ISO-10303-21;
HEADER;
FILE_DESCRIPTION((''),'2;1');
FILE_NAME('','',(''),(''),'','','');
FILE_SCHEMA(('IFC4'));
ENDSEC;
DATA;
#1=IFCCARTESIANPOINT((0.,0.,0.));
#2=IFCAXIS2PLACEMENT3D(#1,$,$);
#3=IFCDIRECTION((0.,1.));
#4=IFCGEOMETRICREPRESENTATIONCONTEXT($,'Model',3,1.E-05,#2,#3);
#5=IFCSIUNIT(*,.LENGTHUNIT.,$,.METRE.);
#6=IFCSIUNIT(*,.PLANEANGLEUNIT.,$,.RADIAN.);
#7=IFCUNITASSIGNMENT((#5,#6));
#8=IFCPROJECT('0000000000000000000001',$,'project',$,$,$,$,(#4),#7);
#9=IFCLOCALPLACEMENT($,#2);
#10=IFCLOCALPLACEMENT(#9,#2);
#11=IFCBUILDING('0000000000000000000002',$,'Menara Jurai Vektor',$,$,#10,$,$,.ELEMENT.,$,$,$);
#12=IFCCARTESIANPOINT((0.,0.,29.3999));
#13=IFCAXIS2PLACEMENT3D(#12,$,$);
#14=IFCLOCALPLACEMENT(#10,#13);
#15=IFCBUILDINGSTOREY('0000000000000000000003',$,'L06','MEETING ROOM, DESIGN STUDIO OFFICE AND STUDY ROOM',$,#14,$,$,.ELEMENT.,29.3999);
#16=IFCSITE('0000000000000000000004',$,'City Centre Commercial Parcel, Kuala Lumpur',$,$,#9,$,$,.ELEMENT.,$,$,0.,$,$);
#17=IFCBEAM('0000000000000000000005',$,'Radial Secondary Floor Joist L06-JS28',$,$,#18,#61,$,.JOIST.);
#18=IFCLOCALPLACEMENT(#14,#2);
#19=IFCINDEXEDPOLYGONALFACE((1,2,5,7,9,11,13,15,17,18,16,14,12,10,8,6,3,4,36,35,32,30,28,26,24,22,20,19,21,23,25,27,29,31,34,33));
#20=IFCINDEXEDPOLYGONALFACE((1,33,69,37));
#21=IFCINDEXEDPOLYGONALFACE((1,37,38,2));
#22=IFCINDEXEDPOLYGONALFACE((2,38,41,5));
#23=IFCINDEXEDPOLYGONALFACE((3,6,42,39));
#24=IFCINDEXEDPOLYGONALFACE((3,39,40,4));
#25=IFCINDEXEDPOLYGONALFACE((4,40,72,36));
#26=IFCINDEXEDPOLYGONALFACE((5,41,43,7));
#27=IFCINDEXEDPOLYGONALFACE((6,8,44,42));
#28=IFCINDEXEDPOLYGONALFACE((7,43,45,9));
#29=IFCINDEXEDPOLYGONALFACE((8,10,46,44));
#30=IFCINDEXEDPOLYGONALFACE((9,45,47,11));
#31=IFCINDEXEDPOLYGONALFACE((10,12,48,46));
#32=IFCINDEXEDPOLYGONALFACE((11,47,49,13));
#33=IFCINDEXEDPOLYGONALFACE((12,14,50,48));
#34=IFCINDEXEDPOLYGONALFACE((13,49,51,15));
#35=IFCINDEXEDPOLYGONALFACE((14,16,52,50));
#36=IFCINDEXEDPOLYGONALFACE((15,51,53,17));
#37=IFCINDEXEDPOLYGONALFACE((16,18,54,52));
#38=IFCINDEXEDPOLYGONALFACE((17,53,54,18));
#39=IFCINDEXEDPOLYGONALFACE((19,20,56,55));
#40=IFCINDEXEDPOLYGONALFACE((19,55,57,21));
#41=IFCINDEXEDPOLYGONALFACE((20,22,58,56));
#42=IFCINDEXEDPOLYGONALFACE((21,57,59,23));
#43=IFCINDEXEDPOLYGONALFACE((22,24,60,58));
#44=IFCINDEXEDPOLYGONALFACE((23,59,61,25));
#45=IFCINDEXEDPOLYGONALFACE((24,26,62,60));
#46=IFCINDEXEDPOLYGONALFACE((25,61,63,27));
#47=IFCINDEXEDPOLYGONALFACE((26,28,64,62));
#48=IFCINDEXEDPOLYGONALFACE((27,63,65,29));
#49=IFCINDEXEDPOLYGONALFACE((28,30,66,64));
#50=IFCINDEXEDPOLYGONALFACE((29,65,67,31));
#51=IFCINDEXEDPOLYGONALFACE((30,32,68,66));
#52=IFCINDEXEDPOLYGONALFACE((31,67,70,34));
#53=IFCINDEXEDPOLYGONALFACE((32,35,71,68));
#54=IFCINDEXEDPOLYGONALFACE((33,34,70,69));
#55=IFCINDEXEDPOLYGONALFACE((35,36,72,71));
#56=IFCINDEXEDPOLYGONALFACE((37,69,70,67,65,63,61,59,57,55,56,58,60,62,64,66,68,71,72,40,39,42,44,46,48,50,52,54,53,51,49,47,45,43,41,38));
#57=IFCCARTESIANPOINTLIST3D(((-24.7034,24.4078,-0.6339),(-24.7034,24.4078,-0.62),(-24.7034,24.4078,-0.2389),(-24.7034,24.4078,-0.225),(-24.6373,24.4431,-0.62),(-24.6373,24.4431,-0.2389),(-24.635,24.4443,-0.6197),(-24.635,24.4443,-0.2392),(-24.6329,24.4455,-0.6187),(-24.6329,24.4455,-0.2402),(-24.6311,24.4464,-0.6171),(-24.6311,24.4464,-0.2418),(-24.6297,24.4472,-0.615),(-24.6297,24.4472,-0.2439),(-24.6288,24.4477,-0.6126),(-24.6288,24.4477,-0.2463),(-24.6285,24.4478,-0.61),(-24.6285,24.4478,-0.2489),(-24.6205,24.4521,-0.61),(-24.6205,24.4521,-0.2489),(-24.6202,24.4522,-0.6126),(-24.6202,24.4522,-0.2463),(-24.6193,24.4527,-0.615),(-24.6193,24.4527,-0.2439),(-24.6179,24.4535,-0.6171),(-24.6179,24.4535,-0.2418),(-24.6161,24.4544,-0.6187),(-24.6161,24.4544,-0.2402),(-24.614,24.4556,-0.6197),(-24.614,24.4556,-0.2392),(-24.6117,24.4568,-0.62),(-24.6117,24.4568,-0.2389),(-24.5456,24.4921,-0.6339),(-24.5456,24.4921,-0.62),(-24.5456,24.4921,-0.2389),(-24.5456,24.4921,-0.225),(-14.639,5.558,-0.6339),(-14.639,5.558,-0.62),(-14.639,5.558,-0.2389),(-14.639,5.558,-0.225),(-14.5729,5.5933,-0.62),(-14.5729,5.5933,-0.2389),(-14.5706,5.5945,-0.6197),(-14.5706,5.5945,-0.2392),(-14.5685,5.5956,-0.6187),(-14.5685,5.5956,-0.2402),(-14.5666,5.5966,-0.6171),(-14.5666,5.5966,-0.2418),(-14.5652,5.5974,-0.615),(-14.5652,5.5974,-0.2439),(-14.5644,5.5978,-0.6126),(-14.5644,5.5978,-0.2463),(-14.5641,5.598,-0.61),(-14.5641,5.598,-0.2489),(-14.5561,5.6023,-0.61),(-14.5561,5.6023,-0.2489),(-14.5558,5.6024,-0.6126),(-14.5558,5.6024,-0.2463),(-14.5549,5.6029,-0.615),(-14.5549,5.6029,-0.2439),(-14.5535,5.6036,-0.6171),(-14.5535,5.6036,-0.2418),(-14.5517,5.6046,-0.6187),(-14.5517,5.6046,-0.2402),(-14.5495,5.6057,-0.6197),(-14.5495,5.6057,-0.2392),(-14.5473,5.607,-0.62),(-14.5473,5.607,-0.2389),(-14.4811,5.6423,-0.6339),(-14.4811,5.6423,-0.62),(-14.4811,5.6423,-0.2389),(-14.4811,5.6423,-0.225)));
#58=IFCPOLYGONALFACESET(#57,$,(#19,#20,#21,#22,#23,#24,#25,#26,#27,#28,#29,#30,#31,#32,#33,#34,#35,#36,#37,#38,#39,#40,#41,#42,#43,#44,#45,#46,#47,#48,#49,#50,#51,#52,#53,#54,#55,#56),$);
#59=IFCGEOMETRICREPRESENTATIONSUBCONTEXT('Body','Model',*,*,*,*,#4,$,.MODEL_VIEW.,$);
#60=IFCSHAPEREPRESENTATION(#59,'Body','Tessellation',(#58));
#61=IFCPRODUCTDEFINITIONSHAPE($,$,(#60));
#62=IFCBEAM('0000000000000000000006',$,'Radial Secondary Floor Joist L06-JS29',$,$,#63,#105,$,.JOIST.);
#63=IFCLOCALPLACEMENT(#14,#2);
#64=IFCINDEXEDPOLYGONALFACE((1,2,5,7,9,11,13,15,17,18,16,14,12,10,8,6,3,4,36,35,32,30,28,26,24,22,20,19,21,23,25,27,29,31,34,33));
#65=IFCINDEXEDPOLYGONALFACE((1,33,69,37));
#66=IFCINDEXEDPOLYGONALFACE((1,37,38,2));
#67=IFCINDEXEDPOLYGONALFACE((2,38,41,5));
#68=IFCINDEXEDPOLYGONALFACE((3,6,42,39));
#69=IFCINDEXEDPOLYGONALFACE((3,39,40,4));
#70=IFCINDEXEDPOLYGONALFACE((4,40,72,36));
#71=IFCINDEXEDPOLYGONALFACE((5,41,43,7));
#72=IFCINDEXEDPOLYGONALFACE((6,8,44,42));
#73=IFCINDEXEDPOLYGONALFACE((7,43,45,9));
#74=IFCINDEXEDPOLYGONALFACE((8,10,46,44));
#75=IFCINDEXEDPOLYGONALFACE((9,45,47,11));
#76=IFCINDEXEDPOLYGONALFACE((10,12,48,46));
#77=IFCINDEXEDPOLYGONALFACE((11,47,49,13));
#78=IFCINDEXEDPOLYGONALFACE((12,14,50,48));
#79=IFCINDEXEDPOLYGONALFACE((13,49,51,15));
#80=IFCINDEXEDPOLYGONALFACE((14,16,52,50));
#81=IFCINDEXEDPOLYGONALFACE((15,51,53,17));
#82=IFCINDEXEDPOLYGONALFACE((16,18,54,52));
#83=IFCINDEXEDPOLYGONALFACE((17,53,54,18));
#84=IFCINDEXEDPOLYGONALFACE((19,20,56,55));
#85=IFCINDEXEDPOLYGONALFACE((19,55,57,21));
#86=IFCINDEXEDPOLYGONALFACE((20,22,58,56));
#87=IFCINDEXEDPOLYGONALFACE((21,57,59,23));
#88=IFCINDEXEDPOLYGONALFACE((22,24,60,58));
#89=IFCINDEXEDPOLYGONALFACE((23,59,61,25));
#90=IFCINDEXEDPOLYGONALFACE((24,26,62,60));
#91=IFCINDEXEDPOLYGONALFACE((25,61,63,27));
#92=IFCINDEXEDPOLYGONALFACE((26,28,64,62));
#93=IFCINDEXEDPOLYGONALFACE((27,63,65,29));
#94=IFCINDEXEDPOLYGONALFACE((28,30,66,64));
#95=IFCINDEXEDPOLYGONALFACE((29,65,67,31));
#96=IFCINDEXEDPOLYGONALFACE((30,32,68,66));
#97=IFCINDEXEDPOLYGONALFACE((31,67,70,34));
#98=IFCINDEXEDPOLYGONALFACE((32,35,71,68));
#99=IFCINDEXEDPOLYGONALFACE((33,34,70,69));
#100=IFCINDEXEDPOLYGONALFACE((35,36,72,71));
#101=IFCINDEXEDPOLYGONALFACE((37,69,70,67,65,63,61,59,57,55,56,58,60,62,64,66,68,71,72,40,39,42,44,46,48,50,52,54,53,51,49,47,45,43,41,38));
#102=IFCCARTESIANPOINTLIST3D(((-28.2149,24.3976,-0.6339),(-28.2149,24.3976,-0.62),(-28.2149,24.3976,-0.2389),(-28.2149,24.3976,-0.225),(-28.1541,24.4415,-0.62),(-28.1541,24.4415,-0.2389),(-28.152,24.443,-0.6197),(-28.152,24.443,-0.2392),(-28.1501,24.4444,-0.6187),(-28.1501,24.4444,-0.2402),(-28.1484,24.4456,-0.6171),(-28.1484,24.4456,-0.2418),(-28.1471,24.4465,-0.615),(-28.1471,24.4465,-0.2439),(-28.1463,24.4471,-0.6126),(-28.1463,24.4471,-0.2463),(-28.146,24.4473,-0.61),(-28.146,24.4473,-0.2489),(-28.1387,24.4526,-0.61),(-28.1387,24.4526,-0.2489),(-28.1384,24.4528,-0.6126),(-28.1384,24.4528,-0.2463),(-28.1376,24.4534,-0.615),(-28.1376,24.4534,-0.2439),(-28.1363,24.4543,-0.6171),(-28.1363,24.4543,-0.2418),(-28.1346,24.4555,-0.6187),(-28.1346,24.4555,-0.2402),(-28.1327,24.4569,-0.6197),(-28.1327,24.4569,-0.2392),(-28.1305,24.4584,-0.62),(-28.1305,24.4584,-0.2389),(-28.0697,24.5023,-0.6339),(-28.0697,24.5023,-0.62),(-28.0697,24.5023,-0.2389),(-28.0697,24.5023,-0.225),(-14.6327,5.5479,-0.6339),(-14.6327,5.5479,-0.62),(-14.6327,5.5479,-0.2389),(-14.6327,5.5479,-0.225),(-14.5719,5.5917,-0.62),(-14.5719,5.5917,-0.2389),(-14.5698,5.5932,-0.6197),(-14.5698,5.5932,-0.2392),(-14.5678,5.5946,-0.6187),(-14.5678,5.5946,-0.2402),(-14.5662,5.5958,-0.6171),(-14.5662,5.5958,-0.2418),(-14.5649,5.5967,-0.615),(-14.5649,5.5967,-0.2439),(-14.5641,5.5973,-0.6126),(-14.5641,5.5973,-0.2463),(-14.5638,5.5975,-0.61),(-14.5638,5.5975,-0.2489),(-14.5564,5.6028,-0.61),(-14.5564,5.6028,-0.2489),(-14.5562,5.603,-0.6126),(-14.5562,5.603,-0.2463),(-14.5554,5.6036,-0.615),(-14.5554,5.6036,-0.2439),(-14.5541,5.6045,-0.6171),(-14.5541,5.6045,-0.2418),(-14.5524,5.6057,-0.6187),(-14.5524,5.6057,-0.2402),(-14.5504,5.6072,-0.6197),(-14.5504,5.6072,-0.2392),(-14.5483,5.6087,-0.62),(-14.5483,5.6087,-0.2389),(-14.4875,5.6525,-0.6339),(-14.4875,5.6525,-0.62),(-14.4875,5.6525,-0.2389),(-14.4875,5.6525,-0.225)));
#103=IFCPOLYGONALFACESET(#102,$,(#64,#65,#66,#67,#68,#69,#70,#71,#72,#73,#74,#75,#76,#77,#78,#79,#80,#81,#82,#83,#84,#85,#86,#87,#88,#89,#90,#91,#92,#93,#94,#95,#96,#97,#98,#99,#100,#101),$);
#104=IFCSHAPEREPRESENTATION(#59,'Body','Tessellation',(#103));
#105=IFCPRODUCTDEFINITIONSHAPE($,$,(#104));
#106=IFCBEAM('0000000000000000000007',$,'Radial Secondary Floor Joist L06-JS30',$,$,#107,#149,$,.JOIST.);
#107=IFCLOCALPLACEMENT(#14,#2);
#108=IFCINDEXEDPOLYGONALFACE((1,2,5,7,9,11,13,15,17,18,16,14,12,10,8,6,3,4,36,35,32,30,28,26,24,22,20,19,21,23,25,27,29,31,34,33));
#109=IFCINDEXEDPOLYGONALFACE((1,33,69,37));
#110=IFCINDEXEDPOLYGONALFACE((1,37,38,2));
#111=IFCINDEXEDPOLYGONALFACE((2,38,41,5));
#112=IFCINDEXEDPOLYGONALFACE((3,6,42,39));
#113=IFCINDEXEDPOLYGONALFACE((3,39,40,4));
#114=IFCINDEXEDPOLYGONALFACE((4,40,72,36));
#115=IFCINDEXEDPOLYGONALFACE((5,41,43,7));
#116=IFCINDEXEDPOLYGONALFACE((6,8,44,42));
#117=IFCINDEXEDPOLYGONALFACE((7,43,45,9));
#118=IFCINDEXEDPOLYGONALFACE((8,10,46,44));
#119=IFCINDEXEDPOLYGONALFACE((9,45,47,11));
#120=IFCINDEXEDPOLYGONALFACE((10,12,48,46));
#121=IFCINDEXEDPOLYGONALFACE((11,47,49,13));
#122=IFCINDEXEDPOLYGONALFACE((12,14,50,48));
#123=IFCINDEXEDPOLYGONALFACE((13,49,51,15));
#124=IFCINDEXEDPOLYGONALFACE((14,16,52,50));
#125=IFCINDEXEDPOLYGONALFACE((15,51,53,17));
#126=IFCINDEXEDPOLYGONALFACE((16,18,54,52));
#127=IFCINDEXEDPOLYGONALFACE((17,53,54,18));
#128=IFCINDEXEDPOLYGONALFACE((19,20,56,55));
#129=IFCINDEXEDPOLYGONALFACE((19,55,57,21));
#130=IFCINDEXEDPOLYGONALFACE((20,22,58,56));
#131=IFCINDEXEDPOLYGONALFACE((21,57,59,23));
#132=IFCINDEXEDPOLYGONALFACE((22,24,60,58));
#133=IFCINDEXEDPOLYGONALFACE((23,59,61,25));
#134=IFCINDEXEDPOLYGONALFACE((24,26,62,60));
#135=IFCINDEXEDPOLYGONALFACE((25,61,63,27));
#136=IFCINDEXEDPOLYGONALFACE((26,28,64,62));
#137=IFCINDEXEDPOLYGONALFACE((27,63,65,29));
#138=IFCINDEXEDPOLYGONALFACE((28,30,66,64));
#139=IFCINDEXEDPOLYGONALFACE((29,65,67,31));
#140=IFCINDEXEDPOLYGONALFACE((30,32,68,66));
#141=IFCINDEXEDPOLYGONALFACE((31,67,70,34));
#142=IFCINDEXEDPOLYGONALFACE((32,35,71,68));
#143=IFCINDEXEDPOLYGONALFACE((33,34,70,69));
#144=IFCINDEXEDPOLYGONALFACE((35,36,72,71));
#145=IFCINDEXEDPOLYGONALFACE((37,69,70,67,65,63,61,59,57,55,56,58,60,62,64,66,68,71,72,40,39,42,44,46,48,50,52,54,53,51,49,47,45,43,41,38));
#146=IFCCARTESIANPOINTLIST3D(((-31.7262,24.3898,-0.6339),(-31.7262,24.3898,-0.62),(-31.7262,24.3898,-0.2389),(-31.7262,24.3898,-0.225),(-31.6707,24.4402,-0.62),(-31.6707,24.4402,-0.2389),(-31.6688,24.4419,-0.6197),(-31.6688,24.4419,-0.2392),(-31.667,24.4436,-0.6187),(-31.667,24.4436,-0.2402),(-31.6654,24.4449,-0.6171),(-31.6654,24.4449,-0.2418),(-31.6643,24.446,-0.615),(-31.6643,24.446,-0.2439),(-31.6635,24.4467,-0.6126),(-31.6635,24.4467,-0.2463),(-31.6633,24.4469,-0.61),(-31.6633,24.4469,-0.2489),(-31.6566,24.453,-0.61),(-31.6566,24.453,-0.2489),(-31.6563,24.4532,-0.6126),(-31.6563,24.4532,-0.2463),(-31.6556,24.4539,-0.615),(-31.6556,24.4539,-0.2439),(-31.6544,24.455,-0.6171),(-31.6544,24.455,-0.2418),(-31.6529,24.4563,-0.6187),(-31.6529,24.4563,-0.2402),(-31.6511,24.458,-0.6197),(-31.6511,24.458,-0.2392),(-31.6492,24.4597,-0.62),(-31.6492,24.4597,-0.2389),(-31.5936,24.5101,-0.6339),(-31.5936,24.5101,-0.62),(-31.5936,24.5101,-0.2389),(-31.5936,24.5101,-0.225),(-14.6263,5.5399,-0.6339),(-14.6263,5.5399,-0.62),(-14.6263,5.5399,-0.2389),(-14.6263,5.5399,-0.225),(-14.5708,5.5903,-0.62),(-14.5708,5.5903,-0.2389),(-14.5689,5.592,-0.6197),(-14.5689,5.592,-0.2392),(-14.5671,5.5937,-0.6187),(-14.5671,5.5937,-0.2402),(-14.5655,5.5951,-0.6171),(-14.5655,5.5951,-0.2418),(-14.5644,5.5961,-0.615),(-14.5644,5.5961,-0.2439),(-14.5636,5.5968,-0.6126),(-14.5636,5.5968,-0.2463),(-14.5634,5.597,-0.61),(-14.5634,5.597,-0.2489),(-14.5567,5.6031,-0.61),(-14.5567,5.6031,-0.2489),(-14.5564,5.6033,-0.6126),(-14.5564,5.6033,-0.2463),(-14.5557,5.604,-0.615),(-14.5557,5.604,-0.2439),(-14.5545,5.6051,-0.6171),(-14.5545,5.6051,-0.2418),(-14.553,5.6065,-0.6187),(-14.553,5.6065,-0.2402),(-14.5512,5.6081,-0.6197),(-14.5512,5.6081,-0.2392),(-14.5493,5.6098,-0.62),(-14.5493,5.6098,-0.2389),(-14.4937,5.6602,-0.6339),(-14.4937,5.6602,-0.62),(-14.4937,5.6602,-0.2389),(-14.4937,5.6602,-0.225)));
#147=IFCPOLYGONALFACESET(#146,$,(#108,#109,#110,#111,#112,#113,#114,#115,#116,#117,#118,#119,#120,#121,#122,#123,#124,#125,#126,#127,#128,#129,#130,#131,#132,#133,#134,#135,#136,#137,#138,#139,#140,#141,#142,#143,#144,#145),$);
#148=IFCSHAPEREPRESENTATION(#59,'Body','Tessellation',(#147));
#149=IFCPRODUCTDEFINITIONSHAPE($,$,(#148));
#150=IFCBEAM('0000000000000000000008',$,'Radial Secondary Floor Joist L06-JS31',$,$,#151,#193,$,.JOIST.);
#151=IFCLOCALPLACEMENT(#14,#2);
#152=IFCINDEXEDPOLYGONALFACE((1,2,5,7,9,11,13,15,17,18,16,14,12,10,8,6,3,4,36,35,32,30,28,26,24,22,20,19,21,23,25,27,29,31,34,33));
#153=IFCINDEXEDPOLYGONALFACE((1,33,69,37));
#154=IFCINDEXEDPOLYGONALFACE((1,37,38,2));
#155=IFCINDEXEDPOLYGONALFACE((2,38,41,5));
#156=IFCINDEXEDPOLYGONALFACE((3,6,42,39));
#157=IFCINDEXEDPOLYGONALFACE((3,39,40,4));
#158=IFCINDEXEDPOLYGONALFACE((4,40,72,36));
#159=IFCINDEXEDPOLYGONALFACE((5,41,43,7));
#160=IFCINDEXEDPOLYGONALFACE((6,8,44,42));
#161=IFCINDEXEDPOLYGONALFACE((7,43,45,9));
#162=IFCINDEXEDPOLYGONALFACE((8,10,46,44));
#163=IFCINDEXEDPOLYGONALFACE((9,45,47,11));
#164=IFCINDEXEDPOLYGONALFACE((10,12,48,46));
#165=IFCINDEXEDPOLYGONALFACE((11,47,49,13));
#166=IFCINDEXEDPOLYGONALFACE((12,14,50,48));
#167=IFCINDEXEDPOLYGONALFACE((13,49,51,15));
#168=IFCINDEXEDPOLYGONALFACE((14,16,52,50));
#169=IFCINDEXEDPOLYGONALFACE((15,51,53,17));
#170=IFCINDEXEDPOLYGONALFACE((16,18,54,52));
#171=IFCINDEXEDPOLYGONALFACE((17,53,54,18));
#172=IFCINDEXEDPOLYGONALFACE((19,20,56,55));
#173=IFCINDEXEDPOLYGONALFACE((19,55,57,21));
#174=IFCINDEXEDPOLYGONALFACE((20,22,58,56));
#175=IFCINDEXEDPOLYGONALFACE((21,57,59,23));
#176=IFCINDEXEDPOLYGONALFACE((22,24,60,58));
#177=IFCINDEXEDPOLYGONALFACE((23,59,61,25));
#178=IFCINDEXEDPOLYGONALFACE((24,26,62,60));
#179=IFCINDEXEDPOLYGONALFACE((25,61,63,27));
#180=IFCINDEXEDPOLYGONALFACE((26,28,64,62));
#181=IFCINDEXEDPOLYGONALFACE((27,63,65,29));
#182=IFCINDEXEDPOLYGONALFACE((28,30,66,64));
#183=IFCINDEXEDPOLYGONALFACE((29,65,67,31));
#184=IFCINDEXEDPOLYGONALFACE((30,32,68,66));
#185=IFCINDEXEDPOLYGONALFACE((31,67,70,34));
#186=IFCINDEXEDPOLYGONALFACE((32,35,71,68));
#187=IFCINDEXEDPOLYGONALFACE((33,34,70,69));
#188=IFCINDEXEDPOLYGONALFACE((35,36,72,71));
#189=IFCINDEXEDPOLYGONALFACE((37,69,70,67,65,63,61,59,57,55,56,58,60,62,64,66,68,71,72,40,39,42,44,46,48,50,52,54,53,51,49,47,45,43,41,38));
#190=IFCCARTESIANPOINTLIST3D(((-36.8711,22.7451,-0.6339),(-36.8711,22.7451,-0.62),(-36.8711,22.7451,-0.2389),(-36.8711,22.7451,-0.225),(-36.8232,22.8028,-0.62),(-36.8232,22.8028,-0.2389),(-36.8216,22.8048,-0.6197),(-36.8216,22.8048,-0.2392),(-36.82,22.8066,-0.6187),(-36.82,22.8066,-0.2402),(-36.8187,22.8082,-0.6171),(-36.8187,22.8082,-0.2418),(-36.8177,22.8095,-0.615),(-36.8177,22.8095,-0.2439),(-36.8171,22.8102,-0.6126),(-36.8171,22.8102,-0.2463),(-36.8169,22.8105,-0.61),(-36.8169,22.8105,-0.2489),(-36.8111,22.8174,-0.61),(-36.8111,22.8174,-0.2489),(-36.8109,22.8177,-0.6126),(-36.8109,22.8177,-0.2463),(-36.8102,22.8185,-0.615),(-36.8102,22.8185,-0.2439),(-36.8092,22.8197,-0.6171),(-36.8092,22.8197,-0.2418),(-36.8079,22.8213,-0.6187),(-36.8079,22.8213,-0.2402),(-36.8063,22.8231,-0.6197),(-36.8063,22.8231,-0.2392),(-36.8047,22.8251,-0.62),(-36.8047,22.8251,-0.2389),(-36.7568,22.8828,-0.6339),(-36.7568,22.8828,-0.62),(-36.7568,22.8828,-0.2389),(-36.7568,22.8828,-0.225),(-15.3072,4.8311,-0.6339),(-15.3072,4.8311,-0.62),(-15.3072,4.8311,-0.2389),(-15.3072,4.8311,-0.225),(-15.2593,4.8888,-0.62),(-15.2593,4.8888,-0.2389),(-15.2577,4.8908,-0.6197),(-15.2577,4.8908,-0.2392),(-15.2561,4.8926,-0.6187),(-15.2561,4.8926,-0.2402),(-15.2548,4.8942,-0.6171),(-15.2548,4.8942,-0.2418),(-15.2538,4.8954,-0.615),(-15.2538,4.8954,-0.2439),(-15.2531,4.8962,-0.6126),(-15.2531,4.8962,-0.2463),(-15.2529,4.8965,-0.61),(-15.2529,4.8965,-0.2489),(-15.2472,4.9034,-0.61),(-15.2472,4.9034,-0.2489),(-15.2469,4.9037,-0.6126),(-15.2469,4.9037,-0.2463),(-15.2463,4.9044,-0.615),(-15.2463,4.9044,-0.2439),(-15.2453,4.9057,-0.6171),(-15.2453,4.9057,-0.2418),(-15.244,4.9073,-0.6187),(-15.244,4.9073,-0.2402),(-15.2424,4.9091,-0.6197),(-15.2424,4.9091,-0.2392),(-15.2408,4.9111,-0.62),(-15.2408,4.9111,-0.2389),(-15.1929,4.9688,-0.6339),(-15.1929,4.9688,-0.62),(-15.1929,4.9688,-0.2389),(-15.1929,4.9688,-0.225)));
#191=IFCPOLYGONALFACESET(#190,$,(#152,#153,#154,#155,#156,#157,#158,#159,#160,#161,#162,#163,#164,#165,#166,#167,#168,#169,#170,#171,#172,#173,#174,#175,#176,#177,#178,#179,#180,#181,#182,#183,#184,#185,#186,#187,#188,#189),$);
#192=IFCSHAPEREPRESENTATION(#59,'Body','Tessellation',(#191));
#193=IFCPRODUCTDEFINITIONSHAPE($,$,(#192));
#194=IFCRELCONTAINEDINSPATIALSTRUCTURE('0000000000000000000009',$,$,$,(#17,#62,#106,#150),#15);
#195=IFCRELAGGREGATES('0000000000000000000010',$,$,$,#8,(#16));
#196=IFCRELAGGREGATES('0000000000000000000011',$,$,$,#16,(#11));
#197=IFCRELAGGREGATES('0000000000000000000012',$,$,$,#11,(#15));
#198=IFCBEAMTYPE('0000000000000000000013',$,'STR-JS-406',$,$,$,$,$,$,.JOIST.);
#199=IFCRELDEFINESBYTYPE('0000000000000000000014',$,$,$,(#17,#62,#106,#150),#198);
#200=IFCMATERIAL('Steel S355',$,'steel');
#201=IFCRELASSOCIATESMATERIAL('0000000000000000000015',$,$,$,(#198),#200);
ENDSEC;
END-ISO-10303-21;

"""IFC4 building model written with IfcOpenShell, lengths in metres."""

from ifc_helpers import new_model, si_unit, direction, frame, origin, origin_2d, place, context, subcontext, project, spatial, i_section, extrude, material, material_profile, profile_set, type_object, element, save


model = new_model("IFC4")

# Units and contexts
model_context = context("Model", 3, precision=1e-05, world=origin(), true_north=direction((0.0, 1.0)))
body_context = subcontext(model_context, "Body", "Model", "MODEL_VIEW")
ifc_project = project(units=[si_unit("LENGTHUNIT", "METRE"), si_unit("PLANEANGLEUNIT", "RADIAN")], contexts=[model_context])

# Site, building, storey
site_placement = place(None, origin())
site = spatial("IfcSite", under=ifc_project, at=site_placement, Name="City Centre Commercial Parcel, Kuala Lumpur", CompositionType="ELEMENT", RefElevation=0.0)
building_placement = place(site_placement, origin())
building = spatial("IfcBuilding", under=site, at=building_placement, Name="Menara Jurai Vektor", CompositionType="ELEMENT")
storey_placement = place(building_placement, frame((0.0, 0.0, 29.3999)))
storey = spatial("IfcBuildingStorey", under=building, at=storey_placement, Name="L06", Description="MEETING ROOM, DESIGN STUDIO OFFICE AND STUDY ROOM", CompositionType="ELEMENT", Elevation=29.3999)

# Shared definitions
ifc_material_1 = material(Name="Steel S355", Category="steel")

# Beams
ifc_material_profile_1 = material_profile(ifc_material_1, i_section(OverallWidth=0.179, OverallDepth=0.4089, WebThickness=0.009, FlangeThickness=0.0139, FilletRadius=0.01, at=origin_2d()), Name="UKB 406x178x67")
ifc_profile_set_1 = profile_set([ifc_material_profile_1], Name="Steel S355")
beam_type_1 = type_object("IfcBeamType", Name="STR-JS-406", PredefinedType="JOIST", material=ifc_profile_set_1)
beam_1_placement = place(storey_placement, frame((-24.6245, 24.45, -0.4294), z_axis=(0.470996, -0.882135, 0.0), x_axis=(0.882135, 0.470996, 0.0)))
element("IfcBeam", 1, at=beam_1_placement, inside=storey, type_object=beam_type_1, Name="Radial Secondary Floor Joist L06-JS28", PredefinedType="JOIST", context=body_context, shape_type="SweptSolid", body=[
    extrude(i_section(OverallWidth=0.179, OverallDepth=0.4089, WebThickness=0.009, FlangeThickness=0.0139, FilletRadius=0.01, at=origin_2d()), origin(), (0.0, 0.0, 1.0), 21.3684),
])
beam_2_placement = place(storey_placement, frame((-28.1423, 24.45, -0.4294), z_axis=(0.584599, -0.811322, 0.0), x_axis=(0.811322, 0.584599, 0.0)))
element("IfcBeam", 2, at=beam_2_placement, inside=storey, type_object=beam_type_1, Name="Radial Secondary Floor Joist L06-JS29", PredefinedType="JOIST", context=body_context, shape_type="SweptSolid", body=[
    extrude(i_section(OverallWidth=0.179, OverallDepth=0.4089, WebThickness=0.009, FlangeThickness=0.0139, FilletRadius=0.01, at=origin_2d()), origin(), (0.0, 0.0, 1.0), 23.2334),
])
beam_3_placement = place(storey_placement, frame((-31.6599, 24.45, -0.4294), z_axis=(0.67189, -0.740651, 0.0), x_axis=(0.740651, 0.67189, 0.0)))
element("IfcBeam", 3, at=beam_3_placement, inside=storey, type_object=beam_type_1, Name="Radial Secondary Floor Joist L06-JS30", PredefinedType="JOIST", context=body_context, shape_type="SweptSolid", body=[
    extrude(i_section(OverallWidth=0.179, OverallDepth=0.4089, WebThickness=0.009, FlangeThickness=0.0139, FilletRadius=0.01, at=origin_2d()), origin(), (0.0, 0.0, 1.0), 25.4504),
])
beam_4_placement = place(storey_placement, frame((-36.814, 22.814, -0.4294), z_axis=(0.769201, -0.639007, 0.0), x_axis=(0.639007, 0.769201, 0.0)))
element("IfcBeam", 4, at=beam_4_placement, inside=storey, type_object=beam_type_1, Name="Radial Secondary Floor Joist L06-JS31", PredefinedType="JOIST", context=body_context, shape_type="SweptSolid", body=[
    extrude(i_section(OverallWidth=0.179, OverallDepth=0.4089, WebThickness=0.009, FlangeThickness=0.0139, FilletRadius=0.01, at=origin_2d()), origin(), (0.0, 0.0, 1.0), 28.0342),
])

save(model, "model.ifc")
